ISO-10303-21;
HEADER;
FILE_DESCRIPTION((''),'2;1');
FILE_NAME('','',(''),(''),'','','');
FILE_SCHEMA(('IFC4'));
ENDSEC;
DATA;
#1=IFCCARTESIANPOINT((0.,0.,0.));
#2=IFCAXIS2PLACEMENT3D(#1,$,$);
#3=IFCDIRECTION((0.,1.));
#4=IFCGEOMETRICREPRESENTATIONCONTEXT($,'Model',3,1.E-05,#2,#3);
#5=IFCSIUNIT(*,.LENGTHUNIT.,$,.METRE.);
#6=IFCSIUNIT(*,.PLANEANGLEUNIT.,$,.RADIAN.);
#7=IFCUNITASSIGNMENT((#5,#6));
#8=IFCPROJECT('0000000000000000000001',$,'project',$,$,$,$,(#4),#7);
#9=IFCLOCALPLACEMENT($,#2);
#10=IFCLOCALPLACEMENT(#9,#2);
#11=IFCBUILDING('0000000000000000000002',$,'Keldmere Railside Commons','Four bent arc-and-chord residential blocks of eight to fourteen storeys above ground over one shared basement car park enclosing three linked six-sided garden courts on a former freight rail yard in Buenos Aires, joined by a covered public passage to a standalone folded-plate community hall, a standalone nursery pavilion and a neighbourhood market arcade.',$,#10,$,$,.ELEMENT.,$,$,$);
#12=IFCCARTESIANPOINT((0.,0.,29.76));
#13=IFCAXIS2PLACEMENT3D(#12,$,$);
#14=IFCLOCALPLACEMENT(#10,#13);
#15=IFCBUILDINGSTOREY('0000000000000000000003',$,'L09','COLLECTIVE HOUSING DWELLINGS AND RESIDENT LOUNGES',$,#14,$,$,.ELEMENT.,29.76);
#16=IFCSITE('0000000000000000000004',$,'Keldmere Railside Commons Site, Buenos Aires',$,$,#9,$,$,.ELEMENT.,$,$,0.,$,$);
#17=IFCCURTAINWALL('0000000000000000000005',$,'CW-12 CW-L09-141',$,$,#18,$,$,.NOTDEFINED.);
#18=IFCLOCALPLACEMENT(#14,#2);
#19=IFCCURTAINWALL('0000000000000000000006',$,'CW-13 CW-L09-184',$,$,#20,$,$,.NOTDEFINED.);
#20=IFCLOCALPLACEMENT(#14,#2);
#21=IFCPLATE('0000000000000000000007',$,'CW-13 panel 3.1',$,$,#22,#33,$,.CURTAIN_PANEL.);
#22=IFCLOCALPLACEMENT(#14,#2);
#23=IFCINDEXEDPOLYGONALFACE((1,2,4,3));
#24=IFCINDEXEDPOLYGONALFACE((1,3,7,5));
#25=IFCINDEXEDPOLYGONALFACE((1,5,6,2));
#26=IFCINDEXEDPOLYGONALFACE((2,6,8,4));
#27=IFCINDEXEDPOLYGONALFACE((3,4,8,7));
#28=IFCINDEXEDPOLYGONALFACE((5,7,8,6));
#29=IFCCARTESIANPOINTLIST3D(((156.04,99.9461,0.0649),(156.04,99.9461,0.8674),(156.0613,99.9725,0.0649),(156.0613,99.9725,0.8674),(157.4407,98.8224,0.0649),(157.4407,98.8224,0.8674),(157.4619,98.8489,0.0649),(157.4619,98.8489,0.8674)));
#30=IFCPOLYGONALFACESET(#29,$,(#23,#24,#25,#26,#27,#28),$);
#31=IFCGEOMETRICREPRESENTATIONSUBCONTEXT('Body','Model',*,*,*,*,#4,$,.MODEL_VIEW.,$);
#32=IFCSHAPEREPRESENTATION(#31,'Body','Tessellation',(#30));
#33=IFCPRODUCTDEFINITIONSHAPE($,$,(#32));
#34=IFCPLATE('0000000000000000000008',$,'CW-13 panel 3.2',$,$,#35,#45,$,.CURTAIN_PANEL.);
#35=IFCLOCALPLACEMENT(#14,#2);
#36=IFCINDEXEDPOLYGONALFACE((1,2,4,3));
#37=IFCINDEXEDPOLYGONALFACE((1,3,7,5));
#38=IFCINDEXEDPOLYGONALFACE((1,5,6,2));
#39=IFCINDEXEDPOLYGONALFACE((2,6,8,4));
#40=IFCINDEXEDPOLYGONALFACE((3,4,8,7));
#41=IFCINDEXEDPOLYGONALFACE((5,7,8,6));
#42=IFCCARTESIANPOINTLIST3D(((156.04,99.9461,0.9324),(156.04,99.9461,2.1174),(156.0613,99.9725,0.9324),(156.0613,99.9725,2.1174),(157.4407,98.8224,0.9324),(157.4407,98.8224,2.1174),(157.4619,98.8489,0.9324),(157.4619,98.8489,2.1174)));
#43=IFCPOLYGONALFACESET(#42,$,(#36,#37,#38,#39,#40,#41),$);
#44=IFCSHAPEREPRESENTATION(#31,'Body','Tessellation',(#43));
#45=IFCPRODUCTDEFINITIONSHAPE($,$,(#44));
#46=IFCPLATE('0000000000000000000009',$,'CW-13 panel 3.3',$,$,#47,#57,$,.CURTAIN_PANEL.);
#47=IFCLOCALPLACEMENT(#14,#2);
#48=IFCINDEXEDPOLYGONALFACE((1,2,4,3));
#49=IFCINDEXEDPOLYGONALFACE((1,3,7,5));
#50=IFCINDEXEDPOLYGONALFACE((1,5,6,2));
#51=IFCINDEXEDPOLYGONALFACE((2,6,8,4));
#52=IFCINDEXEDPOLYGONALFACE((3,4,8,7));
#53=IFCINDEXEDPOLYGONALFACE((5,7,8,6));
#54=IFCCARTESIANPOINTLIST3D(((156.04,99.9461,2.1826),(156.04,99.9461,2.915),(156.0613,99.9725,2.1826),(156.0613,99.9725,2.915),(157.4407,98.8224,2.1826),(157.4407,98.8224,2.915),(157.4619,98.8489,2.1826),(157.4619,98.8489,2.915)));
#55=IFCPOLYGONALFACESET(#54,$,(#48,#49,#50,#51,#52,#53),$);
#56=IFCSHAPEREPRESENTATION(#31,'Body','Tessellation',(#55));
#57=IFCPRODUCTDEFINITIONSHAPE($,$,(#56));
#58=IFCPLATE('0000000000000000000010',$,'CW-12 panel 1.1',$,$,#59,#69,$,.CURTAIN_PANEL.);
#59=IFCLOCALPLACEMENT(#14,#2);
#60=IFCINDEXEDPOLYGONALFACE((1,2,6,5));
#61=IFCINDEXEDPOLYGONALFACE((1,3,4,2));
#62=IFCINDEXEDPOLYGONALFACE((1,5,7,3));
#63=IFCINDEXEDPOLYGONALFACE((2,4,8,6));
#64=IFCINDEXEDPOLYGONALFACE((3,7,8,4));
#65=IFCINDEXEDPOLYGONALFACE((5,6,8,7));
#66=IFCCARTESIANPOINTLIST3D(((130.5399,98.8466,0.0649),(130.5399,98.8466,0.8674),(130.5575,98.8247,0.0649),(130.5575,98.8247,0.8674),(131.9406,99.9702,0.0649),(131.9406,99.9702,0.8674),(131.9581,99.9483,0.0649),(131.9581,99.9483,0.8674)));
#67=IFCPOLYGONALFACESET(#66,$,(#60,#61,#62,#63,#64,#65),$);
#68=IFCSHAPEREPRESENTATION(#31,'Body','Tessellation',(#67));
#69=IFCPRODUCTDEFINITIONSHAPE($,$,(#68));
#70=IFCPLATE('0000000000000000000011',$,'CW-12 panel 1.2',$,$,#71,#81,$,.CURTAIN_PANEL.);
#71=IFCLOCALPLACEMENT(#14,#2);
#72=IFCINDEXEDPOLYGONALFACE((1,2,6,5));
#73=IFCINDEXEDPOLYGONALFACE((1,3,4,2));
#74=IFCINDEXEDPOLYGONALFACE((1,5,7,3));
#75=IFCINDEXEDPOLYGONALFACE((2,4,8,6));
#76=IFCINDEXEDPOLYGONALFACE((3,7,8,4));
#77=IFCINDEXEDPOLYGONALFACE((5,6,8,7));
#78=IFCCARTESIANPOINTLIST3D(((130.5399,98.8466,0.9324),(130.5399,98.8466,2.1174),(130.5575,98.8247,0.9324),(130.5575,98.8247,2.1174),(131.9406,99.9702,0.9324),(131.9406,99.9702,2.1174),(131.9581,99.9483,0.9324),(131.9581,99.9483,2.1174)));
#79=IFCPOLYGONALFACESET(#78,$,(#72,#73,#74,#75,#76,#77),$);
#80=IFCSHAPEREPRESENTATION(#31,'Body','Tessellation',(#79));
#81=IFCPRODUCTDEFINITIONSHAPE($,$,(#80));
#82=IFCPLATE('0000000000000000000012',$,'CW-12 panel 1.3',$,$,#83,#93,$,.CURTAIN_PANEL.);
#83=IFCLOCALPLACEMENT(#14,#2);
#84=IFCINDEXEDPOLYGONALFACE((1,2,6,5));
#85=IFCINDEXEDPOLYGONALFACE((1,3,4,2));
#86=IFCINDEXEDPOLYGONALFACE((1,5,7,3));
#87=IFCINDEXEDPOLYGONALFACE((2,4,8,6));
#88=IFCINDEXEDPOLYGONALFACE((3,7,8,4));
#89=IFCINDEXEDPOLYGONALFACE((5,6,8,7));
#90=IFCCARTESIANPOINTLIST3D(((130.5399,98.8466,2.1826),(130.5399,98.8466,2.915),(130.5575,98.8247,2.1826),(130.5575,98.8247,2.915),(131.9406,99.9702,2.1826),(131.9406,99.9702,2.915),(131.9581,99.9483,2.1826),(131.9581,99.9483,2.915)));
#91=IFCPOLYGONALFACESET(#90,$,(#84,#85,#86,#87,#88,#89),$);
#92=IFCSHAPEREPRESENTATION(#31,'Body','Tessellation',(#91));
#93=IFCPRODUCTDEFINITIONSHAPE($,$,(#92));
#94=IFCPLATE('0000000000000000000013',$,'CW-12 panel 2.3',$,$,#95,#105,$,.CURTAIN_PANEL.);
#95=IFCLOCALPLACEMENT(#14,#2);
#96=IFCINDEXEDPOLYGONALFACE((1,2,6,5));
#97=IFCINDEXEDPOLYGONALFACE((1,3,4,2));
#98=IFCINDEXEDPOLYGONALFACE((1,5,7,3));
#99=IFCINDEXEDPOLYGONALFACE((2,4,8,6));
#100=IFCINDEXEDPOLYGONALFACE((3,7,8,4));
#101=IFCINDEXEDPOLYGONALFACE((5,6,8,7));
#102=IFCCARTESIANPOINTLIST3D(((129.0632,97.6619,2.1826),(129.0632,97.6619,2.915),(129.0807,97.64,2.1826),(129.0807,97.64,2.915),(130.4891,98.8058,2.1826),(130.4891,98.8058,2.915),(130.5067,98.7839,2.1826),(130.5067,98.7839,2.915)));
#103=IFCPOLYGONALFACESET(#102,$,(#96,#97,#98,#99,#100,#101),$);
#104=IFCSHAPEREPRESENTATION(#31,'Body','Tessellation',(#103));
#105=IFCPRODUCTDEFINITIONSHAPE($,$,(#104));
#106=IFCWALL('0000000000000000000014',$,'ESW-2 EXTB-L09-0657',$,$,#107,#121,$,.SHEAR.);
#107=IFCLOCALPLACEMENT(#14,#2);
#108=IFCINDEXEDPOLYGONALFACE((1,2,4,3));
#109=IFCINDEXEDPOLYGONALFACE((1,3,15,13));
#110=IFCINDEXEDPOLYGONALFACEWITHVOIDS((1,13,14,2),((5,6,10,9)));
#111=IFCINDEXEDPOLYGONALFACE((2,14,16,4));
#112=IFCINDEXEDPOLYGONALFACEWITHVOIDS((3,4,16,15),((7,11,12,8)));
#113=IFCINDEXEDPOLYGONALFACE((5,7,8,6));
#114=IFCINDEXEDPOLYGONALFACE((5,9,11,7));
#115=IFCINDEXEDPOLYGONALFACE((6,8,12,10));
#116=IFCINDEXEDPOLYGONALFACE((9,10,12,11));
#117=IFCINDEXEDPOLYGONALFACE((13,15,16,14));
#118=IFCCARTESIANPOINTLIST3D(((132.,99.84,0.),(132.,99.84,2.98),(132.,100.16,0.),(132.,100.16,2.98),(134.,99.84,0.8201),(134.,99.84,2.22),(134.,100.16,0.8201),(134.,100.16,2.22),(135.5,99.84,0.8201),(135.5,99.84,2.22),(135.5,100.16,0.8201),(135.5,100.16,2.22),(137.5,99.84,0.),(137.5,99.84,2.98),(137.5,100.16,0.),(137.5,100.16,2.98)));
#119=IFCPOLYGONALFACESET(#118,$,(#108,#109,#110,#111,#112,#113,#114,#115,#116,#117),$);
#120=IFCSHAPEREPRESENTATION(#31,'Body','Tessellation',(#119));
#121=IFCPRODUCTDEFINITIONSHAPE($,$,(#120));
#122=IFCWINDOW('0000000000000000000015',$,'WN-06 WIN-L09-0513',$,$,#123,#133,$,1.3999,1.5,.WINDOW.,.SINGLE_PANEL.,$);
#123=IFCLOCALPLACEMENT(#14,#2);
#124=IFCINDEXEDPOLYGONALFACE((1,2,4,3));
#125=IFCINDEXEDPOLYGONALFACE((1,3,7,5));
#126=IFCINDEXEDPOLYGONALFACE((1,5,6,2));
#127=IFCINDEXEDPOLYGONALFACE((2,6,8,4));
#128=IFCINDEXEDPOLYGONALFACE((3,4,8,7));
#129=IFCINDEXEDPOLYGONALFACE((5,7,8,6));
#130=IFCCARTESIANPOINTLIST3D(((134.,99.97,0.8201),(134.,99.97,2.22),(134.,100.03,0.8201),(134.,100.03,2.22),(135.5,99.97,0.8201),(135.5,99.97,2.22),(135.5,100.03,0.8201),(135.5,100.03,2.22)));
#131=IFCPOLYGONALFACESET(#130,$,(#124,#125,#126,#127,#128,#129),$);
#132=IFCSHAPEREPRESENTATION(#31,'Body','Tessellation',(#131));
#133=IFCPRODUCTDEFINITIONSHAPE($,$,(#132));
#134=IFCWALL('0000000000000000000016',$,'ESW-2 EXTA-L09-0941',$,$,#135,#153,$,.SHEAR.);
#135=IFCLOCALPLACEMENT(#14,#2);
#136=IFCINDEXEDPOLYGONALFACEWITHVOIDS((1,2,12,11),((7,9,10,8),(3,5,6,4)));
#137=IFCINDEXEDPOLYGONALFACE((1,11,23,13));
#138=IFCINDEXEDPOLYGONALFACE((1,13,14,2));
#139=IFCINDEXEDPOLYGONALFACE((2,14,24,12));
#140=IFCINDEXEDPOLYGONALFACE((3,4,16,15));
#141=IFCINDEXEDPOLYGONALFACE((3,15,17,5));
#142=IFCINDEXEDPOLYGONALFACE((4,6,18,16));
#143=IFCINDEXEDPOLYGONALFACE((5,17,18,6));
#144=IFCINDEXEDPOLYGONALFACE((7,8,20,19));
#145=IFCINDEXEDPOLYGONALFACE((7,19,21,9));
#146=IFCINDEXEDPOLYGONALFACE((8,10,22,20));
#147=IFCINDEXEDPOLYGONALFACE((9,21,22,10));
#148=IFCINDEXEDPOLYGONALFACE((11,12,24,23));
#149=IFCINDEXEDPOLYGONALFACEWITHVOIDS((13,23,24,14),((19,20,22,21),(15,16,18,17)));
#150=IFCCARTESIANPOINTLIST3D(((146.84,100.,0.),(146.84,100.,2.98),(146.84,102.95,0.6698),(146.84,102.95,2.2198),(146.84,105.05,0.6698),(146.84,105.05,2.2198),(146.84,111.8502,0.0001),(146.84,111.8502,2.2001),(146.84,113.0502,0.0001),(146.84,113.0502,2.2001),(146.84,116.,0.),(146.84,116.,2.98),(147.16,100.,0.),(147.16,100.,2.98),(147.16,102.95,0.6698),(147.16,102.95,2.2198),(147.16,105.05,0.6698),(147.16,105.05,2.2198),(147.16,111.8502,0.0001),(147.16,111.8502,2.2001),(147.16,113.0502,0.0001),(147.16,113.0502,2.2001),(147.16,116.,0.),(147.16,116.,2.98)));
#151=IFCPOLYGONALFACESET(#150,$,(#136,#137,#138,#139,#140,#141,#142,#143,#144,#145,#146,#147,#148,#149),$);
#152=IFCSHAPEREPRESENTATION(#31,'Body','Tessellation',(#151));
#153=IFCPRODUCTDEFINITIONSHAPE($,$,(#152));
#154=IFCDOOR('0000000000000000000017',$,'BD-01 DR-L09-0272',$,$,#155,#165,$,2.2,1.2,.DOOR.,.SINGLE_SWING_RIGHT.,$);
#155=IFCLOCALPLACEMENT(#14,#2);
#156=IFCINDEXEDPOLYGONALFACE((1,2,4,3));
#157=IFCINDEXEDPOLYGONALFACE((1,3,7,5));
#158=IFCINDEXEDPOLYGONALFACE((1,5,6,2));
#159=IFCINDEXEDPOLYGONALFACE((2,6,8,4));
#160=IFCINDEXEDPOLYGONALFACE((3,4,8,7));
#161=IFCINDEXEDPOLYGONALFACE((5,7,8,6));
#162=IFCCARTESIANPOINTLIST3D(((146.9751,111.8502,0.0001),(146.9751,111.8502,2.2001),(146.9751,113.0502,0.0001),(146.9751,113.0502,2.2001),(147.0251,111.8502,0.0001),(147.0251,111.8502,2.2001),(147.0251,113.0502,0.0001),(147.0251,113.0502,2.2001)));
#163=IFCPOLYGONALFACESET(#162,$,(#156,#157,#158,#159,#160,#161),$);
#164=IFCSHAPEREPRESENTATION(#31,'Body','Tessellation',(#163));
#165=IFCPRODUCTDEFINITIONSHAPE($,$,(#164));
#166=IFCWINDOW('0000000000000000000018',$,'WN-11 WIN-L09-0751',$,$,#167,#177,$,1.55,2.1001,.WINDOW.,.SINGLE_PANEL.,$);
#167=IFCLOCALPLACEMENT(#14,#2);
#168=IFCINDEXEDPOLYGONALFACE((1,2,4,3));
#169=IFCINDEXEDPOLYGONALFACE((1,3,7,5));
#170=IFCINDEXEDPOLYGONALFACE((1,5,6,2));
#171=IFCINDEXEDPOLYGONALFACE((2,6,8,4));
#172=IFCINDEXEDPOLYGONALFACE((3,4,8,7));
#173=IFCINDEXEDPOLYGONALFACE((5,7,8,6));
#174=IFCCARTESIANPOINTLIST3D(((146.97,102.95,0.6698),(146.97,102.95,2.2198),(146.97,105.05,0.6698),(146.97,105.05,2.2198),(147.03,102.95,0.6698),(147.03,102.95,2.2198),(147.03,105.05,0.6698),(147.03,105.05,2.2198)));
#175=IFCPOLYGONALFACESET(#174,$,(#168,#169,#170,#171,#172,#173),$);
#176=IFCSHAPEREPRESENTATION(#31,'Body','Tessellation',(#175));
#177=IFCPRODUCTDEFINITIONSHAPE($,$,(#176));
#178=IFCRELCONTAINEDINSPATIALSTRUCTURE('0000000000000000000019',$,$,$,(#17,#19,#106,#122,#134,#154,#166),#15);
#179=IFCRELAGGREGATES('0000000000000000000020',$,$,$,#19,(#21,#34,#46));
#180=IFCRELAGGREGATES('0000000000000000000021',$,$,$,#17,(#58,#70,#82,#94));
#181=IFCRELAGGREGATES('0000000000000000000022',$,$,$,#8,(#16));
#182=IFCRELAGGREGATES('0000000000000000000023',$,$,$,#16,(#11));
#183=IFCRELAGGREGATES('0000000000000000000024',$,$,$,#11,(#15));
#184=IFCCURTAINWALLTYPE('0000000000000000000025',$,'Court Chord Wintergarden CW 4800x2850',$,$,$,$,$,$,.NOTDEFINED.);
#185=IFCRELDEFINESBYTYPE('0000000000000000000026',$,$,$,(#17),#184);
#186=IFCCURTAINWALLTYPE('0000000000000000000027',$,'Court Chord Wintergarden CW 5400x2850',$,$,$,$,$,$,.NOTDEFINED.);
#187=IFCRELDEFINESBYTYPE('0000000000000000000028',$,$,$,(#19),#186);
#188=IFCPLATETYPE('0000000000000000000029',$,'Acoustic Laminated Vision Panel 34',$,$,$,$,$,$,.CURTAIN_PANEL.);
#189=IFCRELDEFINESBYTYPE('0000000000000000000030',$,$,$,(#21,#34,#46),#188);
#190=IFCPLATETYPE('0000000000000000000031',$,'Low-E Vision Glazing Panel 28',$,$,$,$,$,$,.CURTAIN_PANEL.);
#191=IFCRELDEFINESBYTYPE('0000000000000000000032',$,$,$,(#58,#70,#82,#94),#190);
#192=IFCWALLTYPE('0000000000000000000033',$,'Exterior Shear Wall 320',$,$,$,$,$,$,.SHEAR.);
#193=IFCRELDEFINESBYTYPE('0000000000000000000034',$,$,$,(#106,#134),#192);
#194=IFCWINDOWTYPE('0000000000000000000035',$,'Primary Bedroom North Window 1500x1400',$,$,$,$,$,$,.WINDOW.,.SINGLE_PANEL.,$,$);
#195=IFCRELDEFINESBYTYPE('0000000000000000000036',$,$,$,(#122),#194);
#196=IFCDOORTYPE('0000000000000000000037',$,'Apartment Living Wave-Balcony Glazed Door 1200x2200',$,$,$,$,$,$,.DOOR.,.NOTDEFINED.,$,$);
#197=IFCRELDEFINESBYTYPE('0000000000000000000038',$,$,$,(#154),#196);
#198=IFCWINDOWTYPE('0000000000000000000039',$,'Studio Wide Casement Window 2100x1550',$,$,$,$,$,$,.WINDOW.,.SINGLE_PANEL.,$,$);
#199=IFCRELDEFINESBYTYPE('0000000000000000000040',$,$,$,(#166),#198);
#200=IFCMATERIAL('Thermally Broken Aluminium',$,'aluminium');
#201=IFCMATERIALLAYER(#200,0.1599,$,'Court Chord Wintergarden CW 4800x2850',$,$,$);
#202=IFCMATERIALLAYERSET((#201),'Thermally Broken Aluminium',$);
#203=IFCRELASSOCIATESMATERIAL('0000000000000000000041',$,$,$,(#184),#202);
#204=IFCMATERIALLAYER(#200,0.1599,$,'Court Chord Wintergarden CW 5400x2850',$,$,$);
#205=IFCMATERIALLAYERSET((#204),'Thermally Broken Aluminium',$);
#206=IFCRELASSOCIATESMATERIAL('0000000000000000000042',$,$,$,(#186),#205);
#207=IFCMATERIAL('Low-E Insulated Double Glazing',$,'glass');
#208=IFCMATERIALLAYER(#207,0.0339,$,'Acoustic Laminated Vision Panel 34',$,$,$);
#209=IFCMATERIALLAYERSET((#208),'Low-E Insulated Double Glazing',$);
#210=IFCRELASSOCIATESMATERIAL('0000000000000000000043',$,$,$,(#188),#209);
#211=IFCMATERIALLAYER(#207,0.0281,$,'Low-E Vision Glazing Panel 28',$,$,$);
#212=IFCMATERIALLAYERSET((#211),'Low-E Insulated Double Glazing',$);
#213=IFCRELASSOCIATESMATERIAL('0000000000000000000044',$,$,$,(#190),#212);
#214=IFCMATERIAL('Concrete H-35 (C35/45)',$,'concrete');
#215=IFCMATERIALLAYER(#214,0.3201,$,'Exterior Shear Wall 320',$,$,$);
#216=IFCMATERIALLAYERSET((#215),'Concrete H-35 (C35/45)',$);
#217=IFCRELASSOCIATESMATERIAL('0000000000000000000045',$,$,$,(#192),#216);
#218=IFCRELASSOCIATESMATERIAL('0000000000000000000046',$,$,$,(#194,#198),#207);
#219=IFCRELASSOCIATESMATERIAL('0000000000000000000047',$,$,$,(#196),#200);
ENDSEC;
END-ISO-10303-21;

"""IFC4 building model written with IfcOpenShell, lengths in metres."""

from ifc_helpers import new_model, si_unit, direction, frame, frame_2d, origin, origin_2d, place, context, subcontext, project, spatial, rectangle, extrude, material, layer, layer_set, type_object, element, fill, aggregate, save


model = new_model("IFC4")

# Units and contexts
model_context = context("Model", 3, precision=1e-05, world=origin(), true_north=direction((0.0, 1.0)))
body_context = subcontext(model_context, "Body", "Model", "MODEL_VIEW")
ifc_project = project(units=[si_unit("LENGTHUNIT", "METRE"), si_unit("PLANEANGLEUNIT", "RADIAN")], contexts=[model_context])

# Site, building, storey
site_placement = place(None, origin())
site = spatial("IfcSite", under=ifc_project, at=site_placement, Name="Keldmere Railside Commons Site, Buenos Aires", CompositionType="ELEMENT", RefElevation=0.0)
building_placement = place(site_placement, origin())
building = spatial("IfcBuilding", under=site, at=building_placement, Name="Keldmere Railside Commons", Description="Four bent arc-and-chord residential blocks of eight to fourteen storeys above ground over one shared basement car park enclosing three linked six-sided garden courts on a former freight rail yard in Buenos Aires, joined by a covered public passage to a standalone folded-plate community hall, a standalone nursery pavilion and a neighbourhood market arcade.", CompositionType="ELEMENT")
storey_placement = place(building_placement, frame((0.0, 0.0, 29.76)))
storey = spatial("IfcBuildingStorey", under=building, at=storey_placement, Name="L09", Description="COLLECTIVE HOUSING DWELLINGS AND RESIDENT LOUNGES", CompositionType="ELEMENT", Elevation=29.76)

# Curtain wall
ifc_material_1 = material(Name="Thermally Broken Aluminium", Category="aluminium")
ifc_layer_1 = layer(ifc_material_1, 0.1599, Name="Court Chord Wintergarden CW 4800x2850")
ifc_layer_set_1 = layer_set([ifc_layer_1], Name="Thermally Broken Aluminium")
curtain_wall_type_1 = type_object("IfcCurtainWallType", Name="Court Chord Wintergarden CW 4800x2850", PredefinedType="NOTDEFINED", material=ifc_layer_set_1)
curtain_wall_1_placement = place(storey_placement, origin())
curtain_wall_1 = element("IfcCurtainWall", 1, at=curtain_wall_1_placement, inside=storey, type_object=curtain_wall_type_1, Name="CW-12 CW-L09-141", PredefinedType="NOTDEFINED")

# Curtain wall
ifc_layer_2 = layer(ifc_material_1, 0.1599, Name="Court Chord Wintergarden CW 5400x2850")
ifc_layer_set_2 = layer_set([ifc_layer_2], Name="Thermally Broken Aluminium")
curtain_wall_type_2 = type_object("IfcCurtainWallType", Name="Court Chord Wintergarden CW 5400x2850", PredefinedType="NOTDEFINED", material=ifc_layer_set_2)
curtain_wall_2_placement = place(storey_placement, origin())
curtain_wall_2 = element("IfcCurtainWall", 2, at=curtain_wall_2_placement, inside=storey, type_object=curtain_wall_type_2, Name="CW-13 CW-L09-184", PredefinedType="NOTDEFINED")

# Plates
ifc_material_2 = material(Name="Low-E Insulated Double Glazing", Category="glass")
ifc_layer_3 = layer(ifc_material_2, 0.0339, Name="Acoustic Laminated Vision Panel 34")
ifc_layer_set_3 = layer_set([ifc_layer_3], Name="Low-E Insulated Double Glazing")
plate_type_1 = type_object("IfcPlateType", Name="Acoustic Laminated Vision Panel 34", PredefinedType="CURTAIN_PANEL", material=ifc_layer_set_3)
plate_1_placement = place(storey_placement, frame((156.751, 99.3975, 0.0649), z_axis=(0.0, 0.0, 1.0), x_axis=(-0.780009, 0.625768, 0.0)))
plate_1 = element("IfcPlate", 3, at=plate_1_placement, type_object=plate_type_1, Name="CW-13 panel 3.1", PredefinedType="CURTAIN_PANEL", context=body_context, shape_type="SweptSolid", body=[
    extrude(rectangle(XDim=1.7957, YDim=0.0339, at=origin_2d()), origin(), (0.0, 0.0, 1.0), 0.8025),
])
plate_2_placement = place(storey_placement, frame((156.751, 99.3975, 0.9324), z_axis=(0.0, 0.0, 1.0), x_axis=(-0.780009, 0.625768, 0.0)))
plate_2 = element("IfcPlate", 4, at=plate_2_placement, type_object=plate_type_1, Name="CW-13 panel 3.2", PredefinedType="CURTAIN_PANEL", context=body_context, shape_type="SweptSolid", body=[
    extrude(rectangle(XDim=1.7957, YDim=0.0339, at=origin_2d()), origin(), (0.0, 0.0, 1.0), 1.1851),
])
plate_3_placement = place(storey_placement, frame((156.751, 99.3975, 2.1826), z_axis=(0.0, 0.0, 1.0), x_axis=(-0.780009, 0.625768, 0.0)))
plate_3 = element("IfcPlate", 5, at=plate_3_placement, type_object=plate_type_1, Name="CW-13 panel 3.3", PredefinedType="CURTAIN_PANEL", context=body_context, shape_type="SweptSolid", body=[
    extrude(rectangle(XDim=1.7957, YDim=0.0339, at=origin_2d()), origin(), (0.0, 0.0, 1.0), 0.7324),
])
aggregate(curtain_wall_2, [plate_1, plate_2, plate_3])
ifc_layer_4 = layer(ifc_material_2, 0.0281, Name="Low-E Vision Glazing Panel 28")
ifc_layer_set_4 = layer_set([ifc_layer_4], Name="Low-E Insulated Double Glazing")
plate_type_2 = type_object("IfcPlateType", Name="Low-E Vision Glazing Panel 28", PredefinedType="CURTAIN_PANEL", material=ifc_layer_set_4)
plate_4_placement = place(storey_placement, frame((131.249, 99.3975, 0.0649), z_axis=(0.0, 0.0, 1.0), x_axis=(-0.780009, -0.625768, 0.0)))
plate_4 = element("IfcPlate", 6, at=plate_4_placement, type_object=plate_type_2, Name="CW-12 panel 1.1", PredefinedType="CURTAIN_PANEL", context=body_context, shape_type="SweptSolid", body=[
    extrude(rectangle(XDim=1.7957, YDim=0.0281, at=origin_2d()), origin(), (0.0, 0.0, 1.0), 0.8025),
])
plate_5_placement = place(storey_placement, frame((131.249, 99.3975, 0.9324), z_axis=(0.0, 0.0, 1.0), x_axis=(-0.780009, -0.625768, 0.0)))
plate_5 = element("IfcPlate", 7, at=plate_5_placement, type_object=plate_type_2, Name="CW-12 panel 1.2", PredefinedType="CURTAIN_PANEL", context=body_context, shape_type="SweptSolid", body=[
    extrude(rectangle(XDim=1.7957, YDim=0.0281, at=origin_2d()), origin(), (0.0, 0.0, 1.0), 1.1851),
])
plate_6_placement = place(storey_placement, frame((131.249, 99.3975, 2.1826), z_axis=(0.0, 0.0, 1.0), x_axis=(-0.780009, -0.625768, 0.0)))
plate_6 = element("IfcPlate", 8, at=plate_6_placement, type_object=plate_type_2, Name="CW-12 panel 1.3", PredefinedType="CURTAIN_PANEL", context=body_context, shape_type="SweptSolid", body=[
    extrude(rectangle(XDim=1.7957, YDim=0.0281, at=origin_2d()), origin(), (0.0, 0.0, 1.0), 0.7324),
])
plate_7_placement = place(storey_placement, frame((129.7849, 98.2229, 2.1826), z_axis=(0.0, 0.0, 1.0), x_axis=(-0.780009, -0.625768, 0.0)))
plate_7 = element("IfcPlate", 9, at=plate_7_placement, type_object=plate_type_2, Name="CW-12 panel 2.3", PredefinedType="CURTAIN_PANEL", context=body_context, shape_type="SweptSolid", body=[
    extrude(rectangle(XDim=1.8281, YDim=0.0281, at=origin_2d()), origin(), (0.0, 0.0, 1.0), 0.7324),
])
aggregate(curtain_wall_1, [plate_4, plate_5, plate_6, plate_7])

# Wall, opening, window
ifc_material_3 = material(Name="Concrete H-35 (C35/45)", Category="concrete")
ifc_layer_5 = layer(ifc_material_3, 0.3201, Name="Exterior Shear Wall 320")
ifc_layer_set_5 = layer_set([ifc_layer_5], Name="Concrete H-35 (C35/45)")
wall_type = type_object("IfcWallType", Name="Exterior Shear Wall 320", PredefinedType="SHEAR", material=ifc_layer_set_5)
wall_1_placement = place(storey_placement, frame((137.5, 100.0, 0.0), z_axis=(0.0, 0.0, 1.0), x_axis=(-1.0, 0.0, 0.0)))
wall_1 = element("IfcWall", 10, at=wall_1_placement, inside=storey, type_object=wall_type, Name="ESW-2 EXTB-L09-0657", PredefinedType="SHEAR", context=body_context, shape_type="SweptSolid", body=[
    extrude(rectangle(XDim=5.5, YDim=0.3201, at=frame_2d((2.75, 0.0))), origin(), (0.0, 0.0, 1.0), 2.98),
])
opening_1_placement = place(wall_1_placement, frame((2.0, 0.0, 0.8201)))
opening_1 = element("IfcOpeningElement", 11, at=opening_1_placement, cuts=wall_1, PredefinedType="OPENING", context=body_context, shape_type="SweptSolid", body=[
    extrude(rectangle(XDim=1.5, YDim=1.3999, at=frame_2d((0.75, 0.7))), frame((0.0, 0.1699, 0.0), z_axis=(0.0, -1.0, 0.0), x_axis=(1.0, 0.0, 0.0)), (0.0, 0.0, 1.0), 0.3401),
])
window_type_1 = type_object("IfcWindowType", Name="Primary Bedroom North Window 1500x1400", PartitioningType="SINGLE_PANEL", PredefinedType="WINDOW", material=ifc_material_2)
window_1_placement = place(opening_1_placement, origin())
window_1 = element("IfcWindow", 12, at=window_1_placement, inside=storey, type_object=window_type_1, Name="WN-06 WIN-L09-0513", OverallHeight=1.3999, OverallWidth=1.5, PartitioningType="SINGLE_PANEL", PredefinedType="WINDOW", context=body_context, shape_type="SweptSolid", body=[
    extrude(rectangle(XDim=1.5, YDim=1.3999, at=frame_2d((0.75, 0.7))), frame((0.0, 0.03, 0.0), z_axis=(0.0, -1.0, 0.0), x_axis=(1.0, 0.0, 0.0)), (0.0, 0.0, 1.0), 0.0601),
])
fill(opening_1, window_1)

# Wall, openings, door, window
wall_2_placement = place(storey_placement, frame((147.0, 100.0, 0.0), z_axis=(0.0, 0.0, 1.0), x_axis=(0.0, 1.0, 0.0)))
wall_2 = element("IfcWall", 13, at=wall_2_placement, inside=storey, type_object=wall_type, Name="ESW-2 EXTA-L09-0941", PredefinedType="SHEAR", context=body_context, shape_type="SweptSolid", body=[
    extrude(rectangle(XDim=16.0, YDim=0.3201, at=frame_2d((8.0, 0.0))), origin(), (0.0, 0.0, 1.0), 2.98),
])
opening_2_placement = place(wall_2_placement, frame((2.95, 0.0, 0.6699)))
opening_2 = element("IfcOpeningElement", 14, at=opening_2_placement, cuts=wall_2, PredefinedType="OPENING", context=body_context, shape_type="SweptSolid", body=[
    extrude(rectangle(XDim=2.1001, YDim=1.55, at=frame_2d((1.05, 0.7749))), frame((0.0, 0.1699, 0.0), z_axis=(0.0, -1.0, 0.0), x_axis=(1.0, 0.0, 0.0)), (0.0, 0.0, 1.0), 0.3401),
])
opening_3_placement = place(wall_2_placement, frame((11.8501, 0.0, 0.0)))
opening_3 = element("IfcOpeningElement", 15, at=opening_3_placement, cuts=wall_2, PredefinedType="OPENING", context=body_context, shape_type="SweptSolid", body=[
    extrude(rectangle(XDim=1.2, YDim=2.2, at=frame_2d((0.6001, 1.1001))), frame((0.0, 0.1699, 0.0), z_axis=(0.0, -1.0, 0.0), x_axis=(1.0, 0.0, 0.0)), (0.0, 0.0, 1.0), 0.3401),
])
door_type = type_object("IfcDoorType", Name="Apartment Living Wave-Balcony Glazed Door 1200x2200", OperationType="NOTDEFINED", PredefinedType="DOOR", material=ifc_material_1)
door_placement = place(opening_3_placement, origin())
door = element("IfcDoor", 16, at=door_placement, inside=storey, type_object=door_type, Name="BD-01 DR-L09-0272", OperationType="SINGLE_SWING_RIGHT", OverallHeight=2.2, OverallWidth=1.2, PredefinedType="DOOR", context=body_context, shape_type="SweptSolid", body=[
    extrude(rectangle(XDim=1.2, YDim=2.2, at=frame_2d((0.6001, 1.1001))), frame((0.0, 0.0249, 0.0), z_axis=(0.0, -1.0, 0.0), x_axis=(1.0, 0.0, 0.0)), (0.0, 0.0, 1.0), 0.05),
])
fill(opening_3, door)
window_type_2 = type_object("IfcWindowType", Name="Studio Wide Casement Window 2100x1550", PartitioningType="SINGLE_PANEL", PredefinedType="WINDOW", material=ifc_material_2)
window_2_placement = place(opening_2_placement, origin())
window_2 = element("IfcWindow", 17, at=window_2_placement, inside=storey, type_object=window_type_2, Name="WN-11 WIN-L09-0751", OverallHeight=1.55, OverallWidth=2.1001, PartitioningType="SINGLE_PANEL", PredefinedType="WINDOW", context=body_context, shape_type="SweptSolid", body=[
    extrude(rectangle(XDim=2.1001, YDim=1.55, at=frame_2d((1.05, 0.7749))), frame((0.0, 0.03, 0.0), z_axis=(0.0, -1.0, 0.0), x_axis=(1.0, 0.0, 0.0)), (0.0, 0.0, 1.0), 0.0601),
])
fill(opening_2, window_2)

save(model, "model.ifc")
